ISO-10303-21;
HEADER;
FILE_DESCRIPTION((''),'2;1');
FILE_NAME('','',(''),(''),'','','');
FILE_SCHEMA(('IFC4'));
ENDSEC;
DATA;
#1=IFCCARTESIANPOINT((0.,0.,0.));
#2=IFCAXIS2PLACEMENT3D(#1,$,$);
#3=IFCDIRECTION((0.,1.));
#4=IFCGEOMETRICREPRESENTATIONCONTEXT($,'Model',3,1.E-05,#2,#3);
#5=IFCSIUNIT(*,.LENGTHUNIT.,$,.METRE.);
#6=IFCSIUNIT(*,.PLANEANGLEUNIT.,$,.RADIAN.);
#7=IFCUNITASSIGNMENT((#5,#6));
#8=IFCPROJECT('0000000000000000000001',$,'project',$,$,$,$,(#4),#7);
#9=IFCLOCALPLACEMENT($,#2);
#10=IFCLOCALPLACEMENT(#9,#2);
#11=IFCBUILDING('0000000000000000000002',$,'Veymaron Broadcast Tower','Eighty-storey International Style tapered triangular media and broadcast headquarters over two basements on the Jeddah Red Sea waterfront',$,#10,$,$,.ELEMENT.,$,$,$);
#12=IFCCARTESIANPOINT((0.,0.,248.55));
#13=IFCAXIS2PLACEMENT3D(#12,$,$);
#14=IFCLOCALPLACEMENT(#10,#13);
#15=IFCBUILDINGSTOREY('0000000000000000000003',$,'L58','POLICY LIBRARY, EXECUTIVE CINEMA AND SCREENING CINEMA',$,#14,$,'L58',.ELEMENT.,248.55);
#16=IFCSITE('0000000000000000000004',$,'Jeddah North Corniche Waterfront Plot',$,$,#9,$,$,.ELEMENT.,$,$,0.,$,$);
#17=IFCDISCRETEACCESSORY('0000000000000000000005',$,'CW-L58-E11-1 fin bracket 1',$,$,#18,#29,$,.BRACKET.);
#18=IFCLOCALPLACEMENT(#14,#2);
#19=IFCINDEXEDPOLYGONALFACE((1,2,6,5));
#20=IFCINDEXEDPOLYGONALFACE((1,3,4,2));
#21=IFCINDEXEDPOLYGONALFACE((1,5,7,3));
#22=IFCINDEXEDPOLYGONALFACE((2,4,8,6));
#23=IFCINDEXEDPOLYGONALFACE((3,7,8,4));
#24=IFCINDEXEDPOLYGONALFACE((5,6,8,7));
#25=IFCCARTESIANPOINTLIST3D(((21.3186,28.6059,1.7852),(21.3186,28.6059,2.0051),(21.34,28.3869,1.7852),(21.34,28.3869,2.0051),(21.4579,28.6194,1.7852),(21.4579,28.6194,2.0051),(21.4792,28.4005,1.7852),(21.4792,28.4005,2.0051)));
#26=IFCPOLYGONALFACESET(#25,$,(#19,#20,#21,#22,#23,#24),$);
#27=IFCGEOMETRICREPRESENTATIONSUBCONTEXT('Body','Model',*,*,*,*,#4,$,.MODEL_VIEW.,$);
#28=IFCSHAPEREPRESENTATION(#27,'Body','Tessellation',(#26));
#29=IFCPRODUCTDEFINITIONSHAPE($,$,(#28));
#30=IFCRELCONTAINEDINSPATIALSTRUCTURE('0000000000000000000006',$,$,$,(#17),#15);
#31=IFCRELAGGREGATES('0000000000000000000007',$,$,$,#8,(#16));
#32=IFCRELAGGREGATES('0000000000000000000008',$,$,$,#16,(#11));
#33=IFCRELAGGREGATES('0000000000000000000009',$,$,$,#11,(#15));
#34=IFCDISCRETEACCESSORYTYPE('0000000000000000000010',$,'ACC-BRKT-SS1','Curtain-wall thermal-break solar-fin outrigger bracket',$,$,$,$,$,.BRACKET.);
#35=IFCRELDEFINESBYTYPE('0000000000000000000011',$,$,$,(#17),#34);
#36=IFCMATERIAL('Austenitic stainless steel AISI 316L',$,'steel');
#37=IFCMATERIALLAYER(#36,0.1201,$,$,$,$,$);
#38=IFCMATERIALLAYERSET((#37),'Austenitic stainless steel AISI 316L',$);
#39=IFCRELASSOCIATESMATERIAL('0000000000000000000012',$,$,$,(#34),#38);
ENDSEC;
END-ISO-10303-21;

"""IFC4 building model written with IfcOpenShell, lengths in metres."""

from ifc_helpers import new_model, si_unit, direction, frame, origin, origin_2d, place, context, subcontext, project, spatial, rectangle, extrude, material, layer, layer_set, type_object, element, save


model = new_model("IFC4")

# Units and contexts
model_context = context("Model", 3, precision=1e-05, world=origin(), true_north=direction((0.0, 1.0)))
body_context = subcontext(model_context, "Body", "Model", "MODEL_VIEW")
ifc_project = project(units=[si_unit("LENGTHUNIT", "METRE"), si_unit("PLANEANGLEUNIT", "RADIAN")], contexts=[model_context])

# Site, building, storey
site_placement = place(None, origin())
site = spatial("IfcSite", under=ifc_project, at=site_placement, Name="Jeddah North Corniche Waterfront Plot", CompositionType="ELEMENT", RefElevation=0.0)
building_placement = place(site_placement, origin())
building = spatial("IfcBuilding", under=site, at=building_placement, Name="Veymaron Broadcast Tower", Description="Eighty-storey International Style tapered triangular media and broadcast headquarters over two basements on the Jeddah Red Sea waterfront", CompositionType="ELEMENT")
storey_placement = place(building_placement, frame((0.0, 0.0, 248.55)))
storey = spatial("IfcBuildingStorey", under=building, at=storey_placement, Name="L58", Description="POLICY LIBRARY, EXECUTIVE CINEMA AND SCREENING CINEMA", LongName="L58", CompositionType="ELEMENT", Elevation=248.55)

# Discrete accessory
ifc_material_1 = material(Name="Austenitic stainless steel AISI 316L", Category="steel")
ifc_layer_1 = layer(ifc_material_1, 0.1201)
ifc_layer_set_1 = layer_set([ifc_layer_1], Name="Austenitic stainless steel AISI 316L")
discrete_accessory_type = type_object("IfcDiscreteAccessoryType", Name="ACC-BRKT-SS1", Description="Curtain-wall thermal-break solar-fin outrigger bracket", PredefinedType="BRACKET", material=ifc_layer_set_1)
discrete_accessory_placement = place(storey_placement, frame((21.3989, 28.5032, 1.7852), z_axis=(0.0, 0.0, 1.0), x_axis=(-0.096958, 0.995289, 0.0)))
element("IfcDiscreteAccessory", 1, at=discrete_accessory_placement, inside=storey, type_object=discrete_accessory_type, Name="CW-L58-E11-1 fin bracket 1", PredefinedType="BRACKET", context=body_context, shape_type="SweptSolid", body=[
    extrude(rectangle(XDim=0.22, YDim=0.1399, at=origin_2d()), origin(), (0.0, 0.0, 1.0), 0.22),
])

save(model, "model.ifc")
